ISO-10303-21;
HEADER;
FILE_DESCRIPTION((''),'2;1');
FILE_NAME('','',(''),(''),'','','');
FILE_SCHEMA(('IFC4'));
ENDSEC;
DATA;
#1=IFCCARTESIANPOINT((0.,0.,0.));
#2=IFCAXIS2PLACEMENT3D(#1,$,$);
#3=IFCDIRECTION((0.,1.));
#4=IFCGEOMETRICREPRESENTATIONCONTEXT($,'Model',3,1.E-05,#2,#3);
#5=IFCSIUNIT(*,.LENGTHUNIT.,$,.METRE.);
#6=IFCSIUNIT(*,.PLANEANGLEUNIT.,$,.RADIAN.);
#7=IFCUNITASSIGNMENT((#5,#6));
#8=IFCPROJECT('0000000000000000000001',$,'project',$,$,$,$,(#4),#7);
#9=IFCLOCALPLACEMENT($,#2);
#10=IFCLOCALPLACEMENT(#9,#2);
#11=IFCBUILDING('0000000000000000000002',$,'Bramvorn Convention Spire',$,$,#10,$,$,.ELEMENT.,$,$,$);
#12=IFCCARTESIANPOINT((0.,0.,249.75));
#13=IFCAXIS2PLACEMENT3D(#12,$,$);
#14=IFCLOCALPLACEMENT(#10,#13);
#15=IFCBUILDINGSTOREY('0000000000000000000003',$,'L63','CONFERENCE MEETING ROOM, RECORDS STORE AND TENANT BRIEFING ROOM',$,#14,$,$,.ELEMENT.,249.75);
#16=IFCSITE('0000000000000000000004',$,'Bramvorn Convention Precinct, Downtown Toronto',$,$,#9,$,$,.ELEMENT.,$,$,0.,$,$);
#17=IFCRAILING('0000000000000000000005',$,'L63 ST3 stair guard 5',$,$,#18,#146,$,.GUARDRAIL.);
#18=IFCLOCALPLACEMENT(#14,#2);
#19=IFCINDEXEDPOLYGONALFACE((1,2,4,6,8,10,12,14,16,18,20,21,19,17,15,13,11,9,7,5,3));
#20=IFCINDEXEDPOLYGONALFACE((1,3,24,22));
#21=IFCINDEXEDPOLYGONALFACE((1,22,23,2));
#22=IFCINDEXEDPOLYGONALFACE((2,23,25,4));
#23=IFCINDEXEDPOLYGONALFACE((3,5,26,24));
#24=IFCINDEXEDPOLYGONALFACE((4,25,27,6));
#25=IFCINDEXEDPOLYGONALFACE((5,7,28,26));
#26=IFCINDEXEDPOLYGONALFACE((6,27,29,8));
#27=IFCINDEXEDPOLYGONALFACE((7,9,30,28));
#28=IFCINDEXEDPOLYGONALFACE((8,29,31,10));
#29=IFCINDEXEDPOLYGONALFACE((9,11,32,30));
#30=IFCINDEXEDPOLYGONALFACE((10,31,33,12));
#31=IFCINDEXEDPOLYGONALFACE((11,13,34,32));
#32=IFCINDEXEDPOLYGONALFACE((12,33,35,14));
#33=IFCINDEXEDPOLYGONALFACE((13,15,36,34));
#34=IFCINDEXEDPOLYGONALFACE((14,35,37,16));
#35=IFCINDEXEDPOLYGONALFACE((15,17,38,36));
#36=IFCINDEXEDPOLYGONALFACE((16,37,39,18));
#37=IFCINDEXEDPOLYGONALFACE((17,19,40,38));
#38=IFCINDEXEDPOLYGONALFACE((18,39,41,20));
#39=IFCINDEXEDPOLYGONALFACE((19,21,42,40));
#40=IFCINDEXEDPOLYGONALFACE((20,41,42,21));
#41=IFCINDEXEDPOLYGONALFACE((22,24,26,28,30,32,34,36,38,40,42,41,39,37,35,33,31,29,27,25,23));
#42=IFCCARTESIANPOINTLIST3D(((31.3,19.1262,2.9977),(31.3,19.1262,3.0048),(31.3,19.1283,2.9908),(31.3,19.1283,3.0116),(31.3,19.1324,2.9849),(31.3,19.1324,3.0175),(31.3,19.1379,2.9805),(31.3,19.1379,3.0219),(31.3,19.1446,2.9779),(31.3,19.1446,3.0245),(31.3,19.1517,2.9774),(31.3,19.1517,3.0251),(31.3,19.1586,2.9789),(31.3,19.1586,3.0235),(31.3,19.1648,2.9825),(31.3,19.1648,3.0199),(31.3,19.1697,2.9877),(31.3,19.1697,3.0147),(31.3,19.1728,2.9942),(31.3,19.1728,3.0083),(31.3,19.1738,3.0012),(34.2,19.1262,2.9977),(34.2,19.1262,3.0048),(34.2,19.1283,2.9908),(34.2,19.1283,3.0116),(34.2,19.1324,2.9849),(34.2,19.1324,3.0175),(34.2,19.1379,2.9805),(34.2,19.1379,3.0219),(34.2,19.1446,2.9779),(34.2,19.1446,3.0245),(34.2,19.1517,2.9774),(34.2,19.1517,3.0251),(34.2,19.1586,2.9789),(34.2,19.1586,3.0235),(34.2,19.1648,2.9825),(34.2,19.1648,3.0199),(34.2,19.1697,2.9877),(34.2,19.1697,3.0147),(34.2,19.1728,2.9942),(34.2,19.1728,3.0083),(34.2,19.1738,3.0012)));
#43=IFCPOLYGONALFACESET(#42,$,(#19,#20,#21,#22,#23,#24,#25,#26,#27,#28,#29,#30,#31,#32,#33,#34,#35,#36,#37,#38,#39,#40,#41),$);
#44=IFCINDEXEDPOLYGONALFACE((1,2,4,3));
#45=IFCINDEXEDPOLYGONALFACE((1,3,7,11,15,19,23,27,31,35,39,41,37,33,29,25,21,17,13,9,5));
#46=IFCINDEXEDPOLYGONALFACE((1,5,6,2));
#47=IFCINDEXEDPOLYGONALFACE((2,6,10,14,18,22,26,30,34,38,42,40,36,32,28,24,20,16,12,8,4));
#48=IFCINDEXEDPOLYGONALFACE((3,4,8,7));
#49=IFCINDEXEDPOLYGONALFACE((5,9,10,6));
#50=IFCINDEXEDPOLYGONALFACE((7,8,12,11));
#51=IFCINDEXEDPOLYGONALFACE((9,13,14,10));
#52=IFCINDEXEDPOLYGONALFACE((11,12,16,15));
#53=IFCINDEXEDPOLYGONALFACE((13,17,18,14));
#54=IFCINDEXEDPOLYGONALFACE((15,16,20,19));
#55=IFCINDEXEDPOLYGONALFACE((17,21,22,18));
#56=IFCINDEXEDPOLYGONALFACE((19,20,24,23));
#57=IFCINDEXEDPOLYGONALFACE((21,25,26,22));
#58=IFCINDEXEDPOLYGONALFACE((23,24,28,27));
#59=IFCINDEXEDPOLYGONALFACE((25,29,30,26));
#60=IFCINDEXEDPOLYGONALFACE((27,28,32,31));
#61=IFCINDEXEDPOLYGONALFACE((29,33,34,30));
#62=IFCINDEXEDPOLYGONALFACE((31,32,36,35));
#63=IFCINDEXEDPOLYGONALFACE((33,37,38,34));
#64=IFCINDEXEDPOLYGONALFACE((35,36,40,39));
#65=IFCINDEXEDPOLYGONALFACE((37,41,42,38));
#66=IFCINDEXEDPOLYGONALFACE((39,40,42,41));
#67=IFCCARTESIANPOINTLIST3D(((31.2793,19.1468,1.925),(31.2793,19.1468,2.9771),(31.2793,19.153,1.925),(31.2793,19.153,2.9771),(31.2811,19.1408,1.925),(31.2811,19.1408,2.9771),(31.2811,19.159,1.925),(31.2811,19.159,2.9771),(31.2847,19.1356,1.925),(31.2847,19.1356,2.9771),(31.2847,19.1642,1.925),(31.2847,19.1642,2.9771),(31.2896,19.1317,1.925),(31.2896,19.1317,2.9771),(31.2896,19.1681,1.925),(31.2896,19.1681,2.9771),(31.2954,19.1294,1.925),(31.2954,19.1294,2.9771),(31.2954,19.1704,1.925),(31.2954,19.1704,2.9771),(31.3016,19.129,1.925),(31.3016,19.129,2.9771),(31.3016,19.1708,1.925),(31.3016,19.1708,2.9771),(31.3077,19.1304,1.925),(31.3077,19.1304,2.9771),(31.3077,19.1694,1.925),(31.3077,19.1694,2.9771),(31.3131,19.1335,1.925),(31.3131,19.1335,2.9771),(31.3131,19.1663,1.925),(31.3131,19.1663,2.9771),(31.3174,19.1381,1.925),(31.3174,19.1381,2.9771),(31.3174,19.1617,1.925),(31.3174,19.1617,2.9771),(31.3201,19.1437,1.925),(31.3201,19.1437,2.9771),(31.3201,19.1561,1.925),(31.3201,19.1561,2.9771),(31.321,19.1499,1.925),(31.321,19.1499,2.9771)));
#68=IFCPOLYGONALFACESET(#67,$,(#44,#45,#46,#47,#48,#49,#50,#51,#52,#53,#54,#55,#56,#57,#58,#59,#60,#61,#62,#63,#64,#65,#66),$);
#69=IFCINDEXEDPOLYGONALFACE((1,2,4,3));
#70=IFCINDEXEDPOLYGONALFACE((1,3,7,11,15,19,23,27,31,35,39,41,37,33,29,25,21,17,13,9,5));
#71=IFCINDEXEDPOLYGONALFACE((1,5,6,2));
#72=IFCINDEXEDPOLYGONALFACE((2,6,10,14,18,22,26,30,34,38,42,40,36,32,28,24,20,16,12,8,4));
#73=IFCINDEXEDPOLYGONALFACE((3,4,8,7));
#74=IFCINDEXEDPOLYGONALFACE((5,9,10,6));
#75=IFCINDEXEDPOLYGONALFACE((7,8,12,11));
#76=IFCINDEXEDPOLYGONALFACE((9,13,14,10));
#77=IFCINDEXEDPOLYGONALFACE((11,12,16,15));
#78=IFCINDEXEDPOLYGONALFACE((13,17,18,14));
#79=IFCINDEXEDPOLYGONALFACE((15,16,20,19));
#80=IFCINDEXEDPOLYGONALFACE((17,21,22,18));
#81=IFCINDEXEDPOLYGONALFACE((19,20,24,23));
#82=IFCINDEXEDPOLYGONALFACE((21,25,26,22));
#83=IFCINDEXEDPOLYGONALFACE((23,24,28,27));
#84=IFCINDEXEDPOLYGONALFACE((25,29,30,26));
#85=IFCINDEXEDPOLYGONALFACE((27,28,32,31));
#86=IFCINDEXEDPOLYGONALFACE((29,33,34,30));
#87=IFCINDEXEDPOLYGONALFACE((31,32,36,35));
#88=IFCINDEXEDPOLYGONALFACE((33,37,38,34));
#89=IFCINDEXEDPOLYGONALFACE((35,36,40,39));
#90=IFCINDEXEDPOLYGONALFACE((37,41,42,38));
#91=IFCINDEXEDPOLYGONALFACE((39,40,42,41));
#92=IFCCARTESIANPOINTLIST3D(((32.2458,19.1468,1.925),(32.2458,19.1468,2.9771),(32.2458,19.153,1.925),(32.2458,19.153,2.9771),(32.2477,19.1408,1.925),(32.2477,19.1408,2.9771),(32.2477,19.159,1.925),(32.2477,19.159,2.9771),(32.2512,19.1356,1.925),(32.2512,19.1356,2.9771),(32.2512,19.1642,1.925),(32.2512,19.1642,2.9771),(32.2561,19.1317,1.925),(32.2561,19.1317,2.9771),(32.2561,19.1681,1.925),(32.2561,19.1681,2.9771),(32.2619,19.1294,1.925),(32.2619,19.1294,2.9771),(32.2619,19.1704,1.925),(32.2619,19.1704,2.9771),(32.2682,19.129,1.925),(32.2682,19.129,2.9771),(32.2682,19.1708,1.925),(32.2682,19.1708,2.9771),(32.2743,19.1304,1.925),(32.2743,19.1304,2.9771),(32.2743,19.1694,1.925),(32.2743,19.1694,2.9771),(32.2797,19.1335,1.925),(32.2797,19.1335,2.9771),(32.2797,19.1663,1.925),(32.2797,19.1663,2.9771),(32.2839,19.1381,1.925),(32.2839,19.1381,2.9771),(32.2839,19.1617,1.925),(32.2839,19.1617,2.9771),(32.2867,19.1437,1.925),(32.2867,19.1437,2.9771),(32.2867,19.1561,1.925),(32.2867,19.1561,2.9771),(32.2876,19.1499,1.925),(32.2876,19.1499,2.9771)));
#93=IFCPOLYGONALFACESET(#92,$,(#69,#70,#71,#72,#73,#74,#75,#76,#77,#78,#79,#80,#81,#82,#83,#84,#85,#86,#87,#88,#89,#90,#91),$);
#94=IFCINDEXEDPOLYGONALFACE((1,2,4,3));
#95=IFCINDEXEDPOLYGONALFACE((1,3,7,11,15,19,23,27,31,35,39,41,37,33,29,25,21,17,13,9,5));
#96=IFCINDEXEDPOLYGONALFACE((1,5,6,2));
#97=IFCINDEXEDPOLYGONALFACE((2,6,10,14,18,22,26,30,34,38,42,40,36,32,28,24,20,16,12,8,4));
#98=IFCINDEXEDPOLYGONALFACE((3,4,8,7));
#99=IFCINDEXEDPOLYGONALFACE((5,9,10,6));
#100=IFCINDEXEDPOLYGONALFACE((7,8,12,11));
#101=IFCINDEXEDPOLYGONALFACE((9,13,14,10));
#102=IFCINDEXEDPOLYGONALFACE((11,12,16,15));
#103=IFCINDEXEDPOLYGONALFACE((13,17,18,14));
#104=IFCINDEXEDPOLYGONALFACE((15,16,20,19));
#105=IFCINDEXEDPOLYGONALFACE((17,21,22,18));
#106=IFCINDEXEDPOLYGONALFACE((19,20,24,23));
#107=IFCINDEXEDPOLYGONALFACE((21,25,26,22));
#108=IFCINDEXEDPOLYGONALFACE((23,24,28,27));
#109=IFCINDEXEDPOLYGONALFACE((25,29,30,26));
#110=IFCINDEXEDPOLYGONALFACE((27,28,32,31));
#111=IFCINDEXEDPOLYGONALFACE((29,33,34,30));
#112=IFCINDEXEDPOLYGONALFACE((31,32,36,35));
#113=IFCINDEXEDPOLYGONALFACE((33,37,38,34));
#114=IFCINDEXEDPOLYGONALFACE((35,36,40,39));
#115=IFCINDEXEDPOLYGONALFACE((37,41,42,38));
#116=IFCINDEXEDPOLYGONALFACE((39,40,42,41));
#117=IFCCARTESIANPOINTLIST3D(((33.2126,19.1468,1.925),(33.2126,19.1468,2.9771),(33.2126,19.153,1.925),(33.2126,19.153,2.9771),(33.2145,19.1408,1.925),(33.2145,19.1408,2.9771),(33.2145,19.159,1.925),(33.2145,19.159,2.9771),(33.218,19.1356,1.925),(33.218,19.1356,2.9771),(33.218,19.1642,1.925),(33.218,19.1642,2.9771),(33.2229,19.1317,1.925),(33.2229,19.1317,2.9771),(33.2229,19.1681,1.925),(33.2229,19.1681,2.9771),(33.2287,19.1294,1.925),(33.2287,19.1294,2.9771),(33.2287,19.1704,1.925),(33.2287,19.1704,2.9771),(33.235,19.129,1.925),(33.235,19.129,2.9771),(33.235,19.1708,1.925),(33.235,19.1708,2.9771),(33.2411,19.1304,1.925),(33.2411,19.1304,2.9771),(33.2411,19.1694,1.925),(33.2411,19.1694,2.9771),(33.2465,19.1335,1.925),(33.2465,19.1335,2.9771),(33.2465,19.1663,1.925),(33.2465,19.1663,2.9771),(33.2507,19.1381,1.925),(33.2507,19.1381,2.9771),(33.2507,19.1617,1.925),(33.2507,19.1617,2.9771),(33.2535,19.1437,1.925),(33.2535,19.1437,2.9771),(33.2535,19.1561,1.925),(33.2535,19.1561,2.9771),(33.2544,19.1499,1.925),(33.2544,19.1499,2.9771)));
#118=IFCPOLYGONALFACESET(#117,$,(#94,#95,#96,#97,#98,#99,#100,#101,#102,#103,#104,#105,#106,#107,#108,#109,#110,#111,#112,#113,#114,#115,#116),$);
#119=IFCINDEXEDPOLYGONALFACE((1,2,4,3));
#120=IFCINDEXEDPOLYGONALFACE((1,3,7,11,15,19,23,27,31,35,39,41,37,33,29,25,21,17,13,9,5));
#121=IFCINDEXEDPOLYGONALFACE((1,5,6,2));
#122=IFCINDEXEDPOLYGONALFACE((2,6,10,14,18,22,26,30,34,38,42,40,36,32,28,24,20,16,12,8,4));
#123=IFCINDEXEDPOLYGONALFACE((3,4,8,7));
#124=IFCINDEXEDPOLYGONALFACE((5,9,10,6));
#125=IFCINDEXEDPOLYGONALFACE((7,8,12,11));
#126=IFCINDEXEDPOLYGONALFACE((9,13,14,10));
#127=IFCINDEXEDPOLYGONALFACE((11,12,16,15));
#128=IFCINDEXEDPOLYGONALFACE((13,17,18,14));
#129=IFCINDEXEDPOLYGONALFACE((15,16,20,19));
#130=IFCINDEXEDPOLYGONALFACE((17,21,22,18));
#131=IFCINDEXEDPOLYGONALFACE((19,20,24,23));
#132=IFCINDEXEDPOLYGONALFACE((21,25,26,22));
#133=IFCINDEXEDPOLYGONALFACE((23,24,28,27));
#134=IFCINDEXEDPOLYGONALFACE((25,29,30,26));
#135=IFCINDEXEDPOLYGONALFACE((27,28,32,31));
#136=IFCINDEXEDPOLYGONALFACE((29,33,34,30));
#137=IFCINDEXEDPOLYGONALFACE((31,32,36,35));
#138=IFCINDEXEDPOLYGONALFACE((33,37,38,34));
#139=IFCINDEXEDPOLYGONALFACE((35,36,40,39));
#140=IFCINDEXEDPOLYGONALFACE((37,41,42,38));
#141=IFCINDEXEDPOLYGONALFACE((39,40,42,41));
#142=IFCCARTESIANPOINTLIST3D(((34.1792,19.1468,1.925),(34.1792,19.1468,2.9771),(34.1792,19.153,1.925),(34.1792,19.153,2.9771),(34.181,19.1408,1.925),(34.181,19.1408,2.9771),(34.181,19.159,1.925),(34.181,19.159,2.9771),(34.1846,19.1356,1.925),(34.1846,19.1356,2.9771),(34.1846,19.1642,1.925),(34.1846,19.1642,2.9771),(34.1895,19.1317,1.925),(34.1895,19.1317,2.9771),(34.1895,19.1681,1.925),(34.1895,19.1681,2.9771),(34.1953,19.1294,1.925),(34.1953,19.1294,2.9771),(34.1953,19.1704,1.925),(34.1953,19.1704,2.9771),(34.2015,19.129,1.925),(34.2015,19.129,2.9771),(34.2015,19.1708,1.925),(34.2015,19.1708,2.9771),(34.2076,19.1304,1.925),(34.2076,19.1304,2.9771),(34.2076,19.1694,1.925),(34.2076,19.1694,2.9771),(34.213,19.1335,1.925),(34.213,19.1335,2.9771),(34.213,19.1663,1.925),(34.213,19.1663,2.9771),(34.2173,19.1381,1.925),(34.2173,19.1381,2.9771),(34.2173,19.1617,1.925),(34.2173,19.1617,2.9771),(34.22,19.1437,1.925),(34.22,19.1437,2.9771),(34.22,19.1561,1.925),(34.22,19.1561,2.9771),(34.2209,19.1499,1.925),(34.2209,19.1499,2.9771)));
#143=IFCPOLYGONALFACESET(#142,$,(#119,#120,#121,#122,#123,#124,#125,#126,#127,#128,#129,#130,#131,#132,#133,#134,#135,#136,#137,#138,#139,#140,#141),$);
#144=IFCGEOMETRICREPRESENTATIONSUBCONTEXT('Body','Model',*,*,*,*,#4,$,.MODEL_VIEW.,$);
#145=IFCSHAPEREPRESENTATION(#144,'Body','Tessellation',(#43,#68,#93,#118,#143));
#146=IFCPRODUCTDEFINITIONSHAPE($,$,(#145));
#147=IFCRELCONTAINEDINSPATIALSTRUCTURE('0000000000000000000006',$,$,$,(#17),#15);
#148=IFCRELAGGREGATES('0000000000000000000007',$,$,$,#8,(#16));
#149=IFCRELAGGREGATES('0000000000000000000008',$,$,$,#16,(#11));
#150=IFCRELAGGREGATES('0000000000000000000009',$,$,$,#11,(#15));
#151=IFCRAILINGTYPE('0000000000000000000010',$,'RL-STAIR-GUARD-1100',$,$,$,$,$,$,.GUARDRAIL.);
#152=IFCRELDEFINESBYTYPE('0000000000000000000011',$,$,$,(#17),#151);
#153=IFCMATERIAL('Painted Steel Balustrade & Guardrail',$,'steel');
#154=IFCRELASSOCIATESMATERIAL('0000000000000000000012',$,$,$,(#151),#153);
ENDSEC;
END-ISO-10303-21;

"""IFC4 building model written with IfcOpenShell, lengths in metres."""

from ifc_helpers import new_model, si_unit, direction, frame, origin, origin_2d, place, context, subcontext, project, spatial, circle, extrude, material, type_object, element, save


model = new_model("IFC4")

# Units and contexts
model_context = context("Model", 3, precision=1e-05, world=origin(), true_north=direction((0.0, 1.0)))
body_context = subcontext(model_context, "Body", "Model", "MODEL_VIEW")
ifc_project = project(units=[si_unit("LENGTHUNIT", "METRE"), si_unit("PLANEANGLEUNIT", "RADIAN")], contexts=[model_context])

# Site, building, storey
site_placement = place(None, origin())
site = spatial("IfcSite", under=ifc_project, at=site_placement, Name="Bramvorn Convention Precinct, Downtown Toronto", CompositionType="ELEMENT", RefElevation=0.0)
building_placement = place(site_placement, origin())
building = spatial("IfcBuilding", under=site, at=building_placement, Name="Bramvorn Convention Spire", CompositionType="ELEMENT")
storey_placement = place(building_placement, frame((0.0, 0.0, 249.75)))
storey = spatial("IfcBuildingStorey", under=building, at=storey_placement, Name="L63", Description="CONFERENCE MEETING ROOM, RECORDS STORE AND TENANT BRIEFING ROOM", CompositionType="ELEMENT", Elevation=249.75)

# Railing
ifc_material_1 = material(Name="Painted Steel Balustrade & Guardrail", Category="steel")
railing_type_1 = type_object("IfcRailingType", Name="RL-STAIR-GUARD-1100", PredefinedType="GUARDRAIL", material=ifc_material_1)
railing_1_placement = place(storey_placement, frame((31.3, 19.1499, 1.925)))
element("IfcRailing", 1, at=railing_1_placement, inside=storey, type_object=railing_type_1, Name="L63 ST3 stair guard 5", PredefinedType="GUARDRAIL", context=body_context, shape_type="SweptSolid", body=[
    extrude(circle(Radius=0.0239, at=origin_2d()), frame((0.0, 0.0, 1.0762), z_axis=(1.0, 0.0, 0.0), x_axis=(0.0, 1.0, 0.0)), (0.0, 0.0, 1.0), 2.8999),
    extrude(circle(Radius=0.021, at=origin_2d()), origin(), (0.0, 0.0, 1.0), 1.052),
    extrude(circle(Radius=0.021, at=origin_2d()), frame((0.9666, 0.0, 0.0)), (0.0, 0.0, 1.0), 1.052),
    extrude(circle(Radius=0.021, at=origin_2d()), frame((1.9333, 0.0, 0.0)), (0.0, 0.0, 1.0), 1.052),
    extrude(circle(Radius=0.021, at=origin_2d()), frame((2.8999, 0.0, 0.0)), (0.0, 0.0, 1.0), 1.052),
])

save(model, "model.ifc")
